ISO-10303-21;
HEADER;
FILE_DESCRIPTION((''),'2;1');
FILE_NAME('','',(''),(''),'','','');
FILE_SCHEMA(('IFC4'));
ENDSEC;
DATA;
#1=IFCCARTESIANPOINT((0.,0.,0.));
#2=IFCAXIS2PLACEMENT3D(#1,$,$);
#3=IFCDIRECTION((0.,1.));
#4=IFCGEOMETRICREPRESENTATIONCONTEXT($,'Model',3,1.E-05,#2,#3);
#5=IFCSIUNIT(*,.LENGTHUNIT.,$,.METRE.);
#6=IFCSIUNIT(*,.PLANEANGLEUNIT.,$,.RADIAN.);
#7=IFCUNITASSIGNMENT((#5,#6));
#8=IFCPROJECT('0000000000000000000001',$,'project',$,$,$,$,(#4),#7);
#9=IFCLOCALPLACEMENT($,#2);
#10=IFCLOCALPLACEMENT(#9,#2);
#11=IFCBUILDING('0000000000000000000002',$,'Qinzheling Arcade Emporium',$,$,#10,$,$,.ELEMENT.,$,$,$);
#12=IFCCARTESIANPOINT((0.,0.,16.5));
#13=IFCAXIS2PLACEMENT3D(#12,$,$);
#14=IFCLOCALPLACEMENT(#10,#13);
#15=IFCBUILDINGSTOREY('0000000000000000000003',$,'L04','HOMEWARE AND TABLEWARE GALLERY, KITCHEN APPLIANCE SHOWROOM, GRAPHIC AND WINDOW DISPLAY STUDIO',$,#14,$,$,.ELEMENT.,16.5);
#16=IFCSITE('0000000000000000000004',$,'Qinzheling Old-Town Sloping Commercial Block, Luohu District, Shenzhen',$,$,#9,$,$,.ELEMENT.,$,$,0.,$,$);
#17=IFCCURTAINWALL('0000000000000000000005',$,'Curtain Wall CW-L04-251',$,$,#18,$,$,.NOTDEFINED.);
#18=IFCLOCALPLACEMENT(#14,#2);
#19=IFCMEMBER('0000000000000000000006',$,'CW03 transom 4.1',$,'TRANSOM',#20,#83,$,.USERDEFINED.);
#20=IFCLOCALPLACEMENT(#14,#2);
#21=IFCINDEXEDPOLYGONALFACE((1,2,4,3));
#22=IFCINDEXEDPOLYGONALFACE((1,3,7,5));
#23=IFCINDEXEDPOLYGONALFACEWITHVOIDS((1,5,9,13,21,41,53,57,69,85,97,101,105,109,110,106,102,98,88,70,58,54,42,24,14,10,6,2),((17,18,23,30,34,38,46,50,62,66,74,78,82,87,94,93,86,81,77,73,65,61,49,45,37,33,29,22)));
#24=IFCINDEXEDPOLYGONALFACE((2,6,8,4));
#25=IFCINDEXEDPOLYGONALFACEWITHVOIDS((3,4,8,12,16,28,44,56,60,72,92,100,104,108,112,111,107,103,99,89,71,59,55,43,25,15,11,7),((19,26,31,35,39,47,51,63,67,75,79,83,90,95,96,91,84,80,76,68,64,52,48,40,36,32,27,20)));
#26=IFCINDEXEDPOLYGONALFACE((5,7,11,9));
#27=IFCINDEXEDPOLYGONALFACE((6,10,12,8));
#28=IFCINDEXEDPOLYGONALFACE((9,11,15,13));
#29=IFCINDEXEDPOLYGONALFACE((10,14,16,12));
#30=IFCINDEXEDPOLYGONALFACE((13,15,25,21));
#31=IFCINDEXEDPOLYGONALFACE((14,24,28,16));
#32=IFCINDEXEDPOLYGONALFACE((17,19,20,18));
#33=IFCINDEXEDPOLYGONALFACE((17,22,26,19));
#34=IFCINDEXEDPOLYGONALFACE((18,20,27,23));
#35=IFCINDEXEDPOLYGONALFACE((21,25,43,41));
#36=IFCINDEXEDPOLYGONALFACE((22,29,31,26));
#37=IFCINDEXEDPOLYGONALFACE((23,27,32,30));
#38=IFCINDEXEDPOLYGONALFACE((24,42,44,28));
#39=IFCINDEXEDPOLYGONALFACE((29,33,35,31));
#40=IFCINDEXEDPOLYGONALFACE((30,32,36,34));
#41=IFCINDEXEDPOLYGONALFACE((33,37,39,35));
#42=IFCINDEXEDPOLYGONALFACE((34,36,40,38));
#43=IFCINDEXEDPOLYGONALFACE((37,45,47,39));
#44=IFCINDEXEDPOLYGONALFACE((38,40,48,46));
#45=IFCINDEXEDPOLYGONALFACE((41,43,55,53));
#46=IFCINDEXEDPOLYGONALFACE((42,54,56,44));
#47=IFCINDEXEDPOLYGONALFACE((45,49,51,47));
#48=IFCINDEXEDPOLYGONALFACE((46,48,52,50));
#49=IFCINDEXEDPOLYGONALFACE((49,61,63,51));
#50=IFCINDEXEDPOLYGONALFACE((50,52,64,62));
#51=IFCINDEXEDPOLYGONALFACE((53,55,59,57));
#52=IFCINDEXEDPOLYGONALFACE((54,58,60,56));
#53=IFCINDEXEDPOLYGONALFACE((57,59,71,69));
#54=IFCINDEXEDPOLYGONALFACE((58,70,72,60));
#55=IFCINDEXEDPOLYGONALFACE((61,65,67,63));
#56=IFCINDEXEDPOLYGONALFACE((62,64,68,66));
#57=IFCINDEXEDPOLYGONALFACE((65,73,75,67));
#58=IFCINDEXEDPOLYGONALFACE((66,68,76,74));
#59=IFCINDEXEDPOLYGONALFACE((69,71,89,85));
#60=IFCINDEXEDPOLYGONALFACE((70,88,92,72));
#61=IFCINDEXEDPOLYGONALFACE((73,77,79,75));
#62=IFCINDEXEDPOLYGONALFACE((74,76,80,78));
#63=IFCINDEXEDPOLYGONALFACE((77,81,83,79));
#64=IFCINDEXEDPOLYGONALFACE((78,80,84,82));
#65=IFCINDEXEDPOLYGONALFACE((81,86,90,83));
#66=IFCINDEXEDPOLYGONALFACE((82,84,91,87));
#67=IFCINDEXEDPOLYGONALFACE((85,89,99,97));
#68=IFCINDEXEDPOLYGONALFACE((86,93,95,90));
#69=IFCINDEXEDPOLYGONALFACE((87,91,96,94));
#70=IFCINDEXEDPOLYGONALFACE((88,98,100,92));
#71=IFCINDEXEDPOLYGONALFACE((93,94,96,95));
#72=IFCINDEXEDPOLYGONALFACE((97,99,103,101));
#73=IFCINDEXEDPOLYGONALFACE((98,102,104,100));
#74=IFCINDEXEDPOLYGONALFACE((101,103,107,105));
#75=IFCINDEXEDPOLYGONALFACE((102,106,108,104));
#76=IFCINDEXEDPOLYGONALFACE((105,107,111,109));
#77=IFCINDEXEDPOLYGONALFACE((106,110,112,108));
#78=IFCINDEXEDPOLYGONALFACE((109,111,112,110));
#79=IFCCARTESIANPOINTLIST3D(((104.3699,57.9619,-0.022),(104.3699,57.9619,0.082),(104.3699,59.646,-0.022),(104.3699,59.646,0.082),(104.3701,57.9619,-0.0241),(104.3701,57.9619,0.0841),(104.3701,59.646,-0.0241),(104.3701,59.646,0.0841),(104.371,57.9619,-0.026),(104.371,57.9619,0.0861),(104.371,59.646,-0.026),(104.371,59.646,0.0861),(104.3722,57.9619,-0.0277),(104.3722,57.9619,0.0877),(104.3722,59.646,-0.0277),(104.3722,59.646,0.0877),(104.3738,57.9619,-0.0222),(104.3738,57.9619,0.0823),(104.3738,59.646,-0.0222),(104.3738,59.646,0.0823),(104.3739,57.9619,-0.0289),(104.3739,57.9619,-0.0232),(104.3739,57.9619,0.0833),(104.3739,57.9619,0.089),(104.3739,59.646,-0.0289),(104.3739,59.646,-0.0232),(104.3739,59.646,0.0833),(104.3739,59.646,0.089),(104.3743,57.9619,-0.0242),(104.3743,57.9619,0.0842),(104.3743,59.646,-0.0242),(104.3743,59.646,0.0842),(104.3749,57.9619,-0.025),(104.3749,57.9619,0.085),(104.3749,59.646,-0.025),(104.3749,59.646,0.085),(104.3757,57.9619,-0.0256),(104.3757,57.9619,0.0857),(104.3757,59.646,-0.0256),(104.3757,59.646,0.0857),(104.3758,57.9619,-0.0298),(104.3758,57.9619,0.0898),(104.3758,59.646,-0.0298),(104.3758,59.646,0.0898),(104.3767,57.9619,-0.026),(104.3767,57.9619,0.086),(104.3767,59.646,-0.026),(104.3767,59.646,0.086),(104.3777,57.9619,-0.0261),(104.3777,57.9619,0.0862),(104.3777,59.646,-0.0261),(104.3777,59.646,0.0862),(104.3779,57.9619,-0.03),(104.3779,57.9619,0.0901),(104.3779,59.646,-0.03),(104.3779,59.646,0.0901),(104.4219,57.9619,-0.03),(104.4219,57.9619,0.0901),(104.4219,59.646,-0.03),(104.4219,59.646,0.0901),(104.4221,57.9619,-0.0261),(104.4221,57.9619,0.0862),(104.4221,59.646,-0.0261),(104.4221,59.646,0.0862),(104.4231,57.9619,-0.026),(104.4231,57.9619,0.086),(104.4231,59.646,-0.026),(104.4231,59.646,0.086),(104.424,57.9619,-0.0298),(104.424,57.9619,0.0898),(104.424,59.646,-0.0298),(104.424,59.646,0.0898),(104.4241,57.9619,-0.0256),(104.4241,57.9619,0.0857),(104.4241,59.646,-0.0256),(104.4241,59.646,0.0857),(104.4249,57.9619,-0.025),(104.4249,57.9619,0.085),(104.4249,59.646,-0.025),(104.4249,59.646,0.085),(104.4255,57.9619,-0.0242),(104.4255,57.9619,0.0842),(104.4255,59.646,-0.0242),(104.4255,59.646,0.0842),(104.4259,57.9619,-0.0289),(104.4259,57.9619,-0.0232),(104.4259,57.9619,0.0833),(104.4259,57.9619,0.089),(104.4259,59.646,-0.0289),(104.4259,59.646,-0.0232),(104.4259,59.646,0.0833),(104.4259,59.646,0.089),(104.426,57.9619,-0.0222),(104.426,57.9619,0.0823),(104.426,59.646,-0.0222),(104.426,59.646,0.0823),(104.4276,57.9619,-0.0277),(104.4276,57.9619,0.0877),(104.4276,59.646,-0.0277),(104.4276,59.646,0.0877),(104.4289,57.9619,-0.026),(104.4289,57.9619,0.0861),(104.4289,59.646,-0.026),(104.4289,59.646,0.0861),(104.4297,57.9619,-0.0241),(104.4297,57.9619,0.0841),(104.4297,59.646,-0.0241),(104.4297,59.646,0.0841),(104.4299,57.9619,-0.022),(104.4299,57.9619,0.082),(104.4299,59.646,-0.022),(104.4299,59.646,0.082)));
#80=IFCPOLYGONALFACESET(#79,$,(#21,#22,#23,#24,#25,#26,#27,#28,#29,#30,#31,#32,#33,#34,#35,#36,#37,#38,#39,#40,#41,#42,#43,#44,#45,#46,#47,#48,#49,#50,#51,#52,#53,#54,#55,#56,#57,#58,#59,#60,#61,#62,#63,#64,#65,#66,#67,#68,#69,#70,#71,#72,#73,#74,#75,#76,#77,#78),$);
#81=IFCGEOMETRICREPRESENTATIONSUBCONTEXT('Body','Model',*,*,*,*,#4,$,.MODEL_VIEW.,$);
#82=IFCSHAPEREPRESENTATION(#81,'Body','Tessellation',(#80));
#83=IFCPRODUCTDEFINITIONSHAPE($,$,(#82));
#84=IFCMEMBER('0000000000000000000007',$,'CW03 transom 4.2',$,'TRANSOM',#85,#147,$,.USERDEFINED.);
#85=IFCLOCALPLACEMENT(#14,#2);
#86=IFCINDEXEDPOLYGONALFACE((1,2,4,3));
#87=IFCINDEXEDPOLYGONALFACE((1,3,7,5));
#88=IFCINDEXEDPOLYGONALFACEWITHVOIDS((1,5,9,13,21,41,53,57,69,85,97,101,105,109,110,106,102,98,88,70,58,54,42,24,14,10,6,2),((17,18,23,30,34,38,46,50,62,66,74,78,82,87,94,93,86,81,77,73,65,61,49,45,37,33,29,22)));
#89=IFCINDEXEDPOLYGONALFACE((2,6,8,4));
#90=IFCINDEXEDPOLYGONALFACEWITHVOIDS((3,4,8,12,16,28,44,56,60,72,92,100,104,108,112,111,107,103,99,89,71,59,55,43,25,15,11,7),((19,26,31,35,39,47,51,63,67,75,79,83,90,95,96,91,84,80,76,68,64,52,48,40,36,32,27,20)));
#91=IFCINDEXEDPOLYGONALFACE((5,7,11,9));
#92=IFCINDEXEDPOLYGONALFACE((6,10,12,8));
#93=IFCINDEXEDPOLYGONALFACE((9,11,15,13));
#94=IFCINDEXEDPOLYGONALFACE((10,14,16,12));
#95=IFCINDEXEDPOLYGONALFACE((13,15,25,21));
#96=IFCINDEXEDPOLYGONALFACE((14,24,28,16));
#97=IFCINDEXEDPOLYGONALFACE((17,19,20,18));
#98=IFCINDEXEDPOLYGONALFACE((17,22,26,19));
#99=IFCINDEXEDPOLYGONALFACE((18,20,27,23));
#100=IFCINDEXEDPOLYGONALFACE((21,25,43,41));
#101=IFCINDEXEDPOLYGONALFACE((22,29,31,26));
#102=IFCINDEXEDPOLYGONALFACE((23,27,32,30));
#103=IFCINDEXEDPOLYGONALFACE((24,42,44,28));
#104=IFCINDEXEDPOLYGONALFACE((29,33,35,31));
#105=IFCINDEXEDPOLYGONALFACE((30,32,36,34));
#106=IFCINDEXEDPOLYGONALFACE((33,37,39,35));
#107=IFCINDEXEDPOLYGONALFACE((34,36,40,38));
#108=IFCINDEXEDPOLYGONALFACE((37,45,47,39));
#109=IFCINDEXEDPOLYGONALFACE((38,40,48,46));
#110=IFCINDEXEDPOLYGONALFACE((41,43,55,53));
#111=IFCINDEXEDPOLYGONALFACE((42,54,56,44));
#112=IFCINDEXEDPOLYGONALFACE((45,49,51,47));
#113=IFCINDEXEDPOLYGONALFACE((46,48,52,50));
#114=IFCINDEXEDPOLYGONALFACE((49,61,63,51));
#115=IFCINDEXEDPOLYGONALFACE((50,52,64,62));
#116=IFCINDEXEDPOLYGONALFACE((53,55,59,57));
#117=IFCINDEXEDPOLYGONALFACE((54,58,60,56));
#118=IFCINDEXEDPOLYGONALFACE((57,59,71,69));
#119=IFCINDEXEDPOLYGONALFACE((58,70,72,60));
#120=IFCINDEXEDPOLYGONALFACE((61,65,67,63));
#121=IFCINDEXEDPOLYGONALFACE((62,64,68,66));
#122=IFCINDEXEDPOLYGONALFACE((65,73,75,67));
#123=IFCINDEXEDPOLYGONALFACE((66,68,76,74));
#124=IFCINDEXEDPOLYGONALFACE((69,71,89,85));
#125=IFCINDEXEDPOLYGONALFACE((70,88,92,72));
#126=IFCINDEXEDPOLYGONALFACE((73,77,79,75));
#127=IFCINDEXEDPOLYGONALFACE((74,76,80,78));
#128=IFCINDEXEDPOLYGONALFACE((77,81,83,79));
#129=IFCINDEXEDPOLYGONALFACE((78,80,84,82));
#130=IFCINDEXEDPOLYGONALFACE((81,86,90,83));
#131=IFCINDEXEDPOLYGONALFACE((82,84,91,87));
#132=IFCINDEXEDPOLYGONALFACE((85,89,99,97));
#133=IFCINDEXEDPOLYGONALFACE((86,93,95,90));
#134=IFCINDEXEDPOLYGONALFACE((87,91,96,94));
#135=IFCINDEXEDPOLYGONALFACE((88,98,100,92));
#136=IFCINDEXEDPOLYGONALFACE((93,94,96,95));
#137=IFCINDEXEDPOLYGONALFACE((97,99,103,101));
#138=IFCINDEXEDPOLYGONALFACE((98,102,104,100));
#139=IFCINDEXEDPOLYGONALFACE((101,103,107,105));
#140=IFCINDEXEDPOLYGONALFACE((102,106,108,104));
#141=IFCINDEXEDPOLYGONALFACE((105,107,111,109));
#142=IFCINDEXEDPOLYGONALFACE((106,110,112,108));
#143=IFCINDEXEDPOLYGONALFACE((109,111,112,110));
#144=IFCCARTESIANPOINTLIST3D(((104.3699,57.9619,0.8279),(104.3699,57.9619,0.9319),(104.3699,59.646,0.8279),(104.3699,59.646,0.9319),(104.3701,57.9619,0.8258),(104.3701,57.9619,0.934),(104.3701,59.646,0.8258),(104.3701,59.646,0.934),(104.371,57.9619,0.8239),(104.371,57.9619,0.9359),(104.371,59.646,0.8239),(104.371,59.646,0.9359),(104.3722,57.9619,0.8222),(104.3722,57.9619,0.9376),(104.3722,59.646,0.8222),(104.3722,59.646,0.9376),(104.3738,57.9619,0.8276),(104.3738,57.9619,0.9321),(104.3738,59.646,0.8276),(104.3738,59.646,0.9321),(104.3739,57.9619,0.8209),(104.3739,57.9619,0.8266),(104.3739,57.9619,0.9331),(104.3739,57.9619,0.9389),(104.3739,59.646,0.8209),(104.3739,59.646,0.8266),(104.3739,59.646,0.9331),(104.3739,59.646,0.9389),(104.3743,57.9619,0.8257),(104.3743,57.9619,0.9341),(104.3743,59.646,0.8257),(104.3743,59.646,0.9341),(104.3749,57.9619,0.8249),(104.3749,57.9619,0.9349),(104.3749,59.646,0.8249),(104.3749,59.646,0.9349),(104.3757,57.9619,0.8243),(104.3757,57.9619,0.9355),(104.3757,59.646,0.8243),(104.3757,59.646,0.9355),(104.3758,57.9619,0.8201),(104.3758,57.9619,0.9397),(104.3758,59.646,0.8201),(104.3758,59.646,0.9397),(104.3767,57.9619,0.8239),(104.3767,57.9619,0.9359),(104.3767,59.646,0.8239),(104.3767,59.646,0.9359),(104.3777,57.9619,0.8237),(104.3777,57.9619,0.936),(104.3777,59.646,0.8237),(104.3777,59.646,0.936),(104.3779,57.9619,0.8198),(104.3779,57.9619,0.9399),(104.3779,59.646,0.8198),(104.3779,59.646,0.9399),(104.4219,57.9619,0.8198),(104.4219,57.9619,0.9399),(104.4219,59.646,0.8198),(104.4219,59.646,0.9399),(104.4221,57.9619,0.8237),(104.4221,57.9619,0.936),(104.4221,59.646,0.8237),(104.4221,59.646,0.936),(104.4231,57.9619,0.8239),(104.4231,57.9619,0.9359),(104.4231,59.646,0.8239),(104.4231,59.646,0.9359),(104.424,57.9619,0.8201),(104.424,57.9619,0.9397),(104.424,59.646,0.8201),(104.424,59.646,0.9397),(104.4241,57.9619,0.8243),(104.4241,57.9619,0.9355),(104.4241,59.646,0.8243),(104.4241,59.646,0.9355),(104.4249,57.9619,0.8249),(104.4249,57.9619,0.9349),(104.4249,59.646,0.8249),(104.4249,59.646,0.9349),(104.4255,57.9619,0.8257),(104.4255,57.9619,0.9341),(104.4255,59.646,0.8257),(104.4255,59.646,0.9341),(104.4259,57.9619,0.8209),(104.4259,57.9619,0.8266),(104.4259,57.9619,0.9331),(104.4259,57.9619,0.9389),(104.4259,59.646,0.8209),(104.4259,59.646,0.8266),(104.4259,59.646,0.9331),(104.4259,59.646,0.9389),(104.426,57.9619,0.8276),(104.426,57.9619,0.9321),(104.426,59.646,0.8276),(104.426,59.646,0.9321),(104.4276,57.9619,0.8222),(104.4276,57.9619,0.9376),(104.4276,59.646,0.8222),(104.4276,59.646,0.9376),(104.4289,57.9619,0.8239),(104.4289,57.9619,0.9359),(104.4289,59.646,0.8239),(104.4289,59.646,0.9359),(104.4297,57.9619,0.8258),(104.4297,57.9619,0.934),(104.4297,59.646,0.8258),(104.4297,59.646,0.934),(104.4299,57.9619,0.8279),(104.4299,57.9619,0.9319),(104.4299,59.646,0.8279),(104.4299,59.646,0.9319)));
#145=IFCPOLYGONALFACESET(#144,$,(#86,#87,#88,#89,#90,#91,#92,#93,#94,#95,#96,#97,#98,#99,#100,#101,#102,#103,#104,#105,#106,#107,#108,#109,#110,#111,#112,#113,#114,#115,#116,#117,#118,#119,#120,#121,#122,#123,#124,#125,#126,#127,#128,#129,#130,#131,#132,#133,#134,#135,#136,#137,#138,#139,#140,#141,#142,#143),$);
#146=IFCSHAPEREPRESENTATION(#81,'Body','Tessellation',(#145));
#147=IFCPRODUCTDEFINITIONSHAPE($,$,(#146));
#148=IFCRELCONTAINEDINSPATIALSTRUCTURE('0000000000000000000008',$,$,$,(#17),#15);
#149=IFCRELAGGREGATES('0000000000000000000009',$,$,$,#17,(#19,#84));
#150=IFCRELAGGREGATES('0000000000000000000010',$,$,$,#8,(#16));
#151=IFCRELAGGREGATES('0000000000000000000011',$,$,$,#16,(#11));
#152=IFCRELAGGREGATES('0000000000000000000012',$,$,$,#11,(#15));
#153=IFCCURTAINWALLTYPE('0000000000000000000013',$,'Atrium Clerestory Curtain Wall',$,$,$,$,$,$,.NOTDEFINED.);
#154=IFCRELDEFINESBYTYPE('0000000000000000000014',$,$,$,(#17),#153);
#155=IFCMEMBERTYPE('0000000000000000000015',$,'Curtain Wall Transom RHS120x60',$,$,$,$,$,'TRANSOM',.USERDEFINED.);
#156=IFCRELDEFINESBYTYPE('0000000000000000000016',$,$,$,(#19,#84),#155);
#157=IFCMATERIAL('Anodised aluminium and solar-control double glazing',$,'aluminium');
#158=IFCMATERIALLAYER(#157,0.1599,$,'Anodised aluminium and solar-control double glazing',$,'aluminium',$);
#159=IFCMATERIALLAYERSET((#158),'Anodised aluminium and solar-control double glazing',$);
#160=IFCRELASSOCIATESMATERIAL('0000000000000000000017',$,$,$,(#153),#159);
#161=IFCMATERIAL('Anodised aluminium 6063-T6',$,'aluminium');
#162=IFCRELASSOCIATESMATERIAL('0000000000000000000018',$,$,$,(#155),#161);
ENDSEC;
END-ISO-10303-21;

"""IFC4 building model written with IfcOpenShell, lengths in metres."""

from ifc_helpers import new_model, si_unit, direction, frame, origin, origin_2d, place, context, subcontext, project, spatial, hollow_rectangle, extrude, material, layer, layer_set, material_profile, profile_set, type_object, element, aggregate, save


model = new_model("IFC4")

# Units and contexts
model_context = context("Model", 3, precision=1e-05, world=origin(), true_north=direction((0.0, 1.0)))
body_context = subcontext(model_context, "Body", "Model", "MODEL_VIEW")
ifc_project = project(units=[si_unit("LENGTHUNIT", "METRE"), si_unit("PLANEANGLEUNIT", "RADIAN")], contexts=[model_context])

# Site, building, storey
site_placement = place(None, origin())
site = spatial("IfcSite", under=ifc_project, at=site_placement, Name="Qinzheling Old-Town Sloping Commercial Block, Luohu District, Shenzhen", CompositionType="ELEMENT", RefElevation=0.0)
building_placement = place(site_placement, origin())
building = spatial("IfcBuilding", under=site, at=building_placement, Name="Qinzheling Arcade Emporium", CompositionType="ELEMENT")
storey_placement = place(building_placement, frame((0.0, 0.0, 16.5)))
storey = spatial("IfcBuildingStorey", under=building, at=storey_placement, Name="L04", Description="HOMEWARE AND TABLEWARE GALLERY, KITCHEN APPLIANCE SHOWROOM, GRAPHIC AND WINDOW DISPLAY STUDIO", CompositionType="ELEMENT", Elevation=16.5)

# Curtain wall
ifc_material_1 = material(Name="Anodised aluminium and solar-control double glazing", Category="aluminium")
ifc_layer_1 = layer(ifc_material_1, 0.1599, Name="Anodised aluminium and solar-control double glazing", Category="aluminium")
ifc_layer_set_1 = layer_set([ifc_layer_1], Name="Anodised aluminium and solar-control double glazing")
curtain_wall_type = type_object("IfcCurtainWallType", Name="Atrium Clerestory Curtain Wall", PredefinedType="NOTDEFINED", material=ifc_layer_set_1)
curtain_wall_1_placement = place(storey_placement, origin())
curtain_wall_1 = element("IfcCurtainWall", 1, at=curtain_wall_1_placement, inside=storey, type_object=curtain_wall_type, Name="Curtain Wall CW-L04-251", PredefinedType="NOTDEFINED")
ifc_material_2 = material(Name="Anodised aluminium 6063-T6", Category="aluminium")

# Members
ifc_material_profile_1 = material_profile(ifc_material_2, hollow_rectangle(XDim=0.0601, YDim=0.1201, WallThickness=0.0039, InnerFilletRadius=0.0039, OuterFilletRadius=0.0081, at=origin_2d()), Name="RHS 120x60x4", Category="aluminium")
ifc_profile_set_1 = profile_set([ifc_material_profile_1], Name="Anodised aluminium 6063-T6")
member_type_1 = type_object("IfcMemberType", Name="Curtain Wall Transom RHS120x60", ElementType="TRANSOM", PredefinedType="USERDEFINED", material=ifc_profile_set_1)
member_1_placement = place(storey_placement, frame((104.3999, 59.646, 0.03), z_axis=(0.0, -1.0, 0.0), x_axis=(1.0, 0.0, 0.0)))
member_1 = element("IfcMember", 2, at=member_1_placement, type_object=member_type_1, Name="CW03 transom 4.1", ObjectType="TRANSOM", PredefinedType="USERDEFINED", context=body_context, shape_type="SweptSolid", body=[
    extrude(hollow_rectangle(XDim=0.0601, YDim=0.1201, WallThickness=0.0039, InnerFilletRadius=0.0039, OuterFilletRadius=0.0081, at=origin_2d()), origin(), (0.0, 0.0, 1.0), 1.6841),
])
member_2_placement = place(storey_placement, frame((104.3999, 59.646, 0.8799), z_axis=(0.0, -1.0, 0.0), x_axis=(1.0, 0.0, 0.0)))
member_2 = element("IfcMember", 3, at=member_2_placement, type_object=member_type_1, Name="CW03 transom 4.2", ObjectType="TRANSOM", PredefinedType="USERDEFINED", context=body_context, shape_type="SweptSolid", body=[
    extrude(hollow_rectangle(XDim=0.0601, YDim=0.1201, WallThickness=0.0039, InnerFilletRadius=0.0039, OuterFilletRadius=0.0081, at=origin_2d()), origin(), (0.0, 0.0, 1.0), 1.6841),
])

aggregate(curtain_wall_1, [member_1, member_2])

save(model, "model.ifc")
